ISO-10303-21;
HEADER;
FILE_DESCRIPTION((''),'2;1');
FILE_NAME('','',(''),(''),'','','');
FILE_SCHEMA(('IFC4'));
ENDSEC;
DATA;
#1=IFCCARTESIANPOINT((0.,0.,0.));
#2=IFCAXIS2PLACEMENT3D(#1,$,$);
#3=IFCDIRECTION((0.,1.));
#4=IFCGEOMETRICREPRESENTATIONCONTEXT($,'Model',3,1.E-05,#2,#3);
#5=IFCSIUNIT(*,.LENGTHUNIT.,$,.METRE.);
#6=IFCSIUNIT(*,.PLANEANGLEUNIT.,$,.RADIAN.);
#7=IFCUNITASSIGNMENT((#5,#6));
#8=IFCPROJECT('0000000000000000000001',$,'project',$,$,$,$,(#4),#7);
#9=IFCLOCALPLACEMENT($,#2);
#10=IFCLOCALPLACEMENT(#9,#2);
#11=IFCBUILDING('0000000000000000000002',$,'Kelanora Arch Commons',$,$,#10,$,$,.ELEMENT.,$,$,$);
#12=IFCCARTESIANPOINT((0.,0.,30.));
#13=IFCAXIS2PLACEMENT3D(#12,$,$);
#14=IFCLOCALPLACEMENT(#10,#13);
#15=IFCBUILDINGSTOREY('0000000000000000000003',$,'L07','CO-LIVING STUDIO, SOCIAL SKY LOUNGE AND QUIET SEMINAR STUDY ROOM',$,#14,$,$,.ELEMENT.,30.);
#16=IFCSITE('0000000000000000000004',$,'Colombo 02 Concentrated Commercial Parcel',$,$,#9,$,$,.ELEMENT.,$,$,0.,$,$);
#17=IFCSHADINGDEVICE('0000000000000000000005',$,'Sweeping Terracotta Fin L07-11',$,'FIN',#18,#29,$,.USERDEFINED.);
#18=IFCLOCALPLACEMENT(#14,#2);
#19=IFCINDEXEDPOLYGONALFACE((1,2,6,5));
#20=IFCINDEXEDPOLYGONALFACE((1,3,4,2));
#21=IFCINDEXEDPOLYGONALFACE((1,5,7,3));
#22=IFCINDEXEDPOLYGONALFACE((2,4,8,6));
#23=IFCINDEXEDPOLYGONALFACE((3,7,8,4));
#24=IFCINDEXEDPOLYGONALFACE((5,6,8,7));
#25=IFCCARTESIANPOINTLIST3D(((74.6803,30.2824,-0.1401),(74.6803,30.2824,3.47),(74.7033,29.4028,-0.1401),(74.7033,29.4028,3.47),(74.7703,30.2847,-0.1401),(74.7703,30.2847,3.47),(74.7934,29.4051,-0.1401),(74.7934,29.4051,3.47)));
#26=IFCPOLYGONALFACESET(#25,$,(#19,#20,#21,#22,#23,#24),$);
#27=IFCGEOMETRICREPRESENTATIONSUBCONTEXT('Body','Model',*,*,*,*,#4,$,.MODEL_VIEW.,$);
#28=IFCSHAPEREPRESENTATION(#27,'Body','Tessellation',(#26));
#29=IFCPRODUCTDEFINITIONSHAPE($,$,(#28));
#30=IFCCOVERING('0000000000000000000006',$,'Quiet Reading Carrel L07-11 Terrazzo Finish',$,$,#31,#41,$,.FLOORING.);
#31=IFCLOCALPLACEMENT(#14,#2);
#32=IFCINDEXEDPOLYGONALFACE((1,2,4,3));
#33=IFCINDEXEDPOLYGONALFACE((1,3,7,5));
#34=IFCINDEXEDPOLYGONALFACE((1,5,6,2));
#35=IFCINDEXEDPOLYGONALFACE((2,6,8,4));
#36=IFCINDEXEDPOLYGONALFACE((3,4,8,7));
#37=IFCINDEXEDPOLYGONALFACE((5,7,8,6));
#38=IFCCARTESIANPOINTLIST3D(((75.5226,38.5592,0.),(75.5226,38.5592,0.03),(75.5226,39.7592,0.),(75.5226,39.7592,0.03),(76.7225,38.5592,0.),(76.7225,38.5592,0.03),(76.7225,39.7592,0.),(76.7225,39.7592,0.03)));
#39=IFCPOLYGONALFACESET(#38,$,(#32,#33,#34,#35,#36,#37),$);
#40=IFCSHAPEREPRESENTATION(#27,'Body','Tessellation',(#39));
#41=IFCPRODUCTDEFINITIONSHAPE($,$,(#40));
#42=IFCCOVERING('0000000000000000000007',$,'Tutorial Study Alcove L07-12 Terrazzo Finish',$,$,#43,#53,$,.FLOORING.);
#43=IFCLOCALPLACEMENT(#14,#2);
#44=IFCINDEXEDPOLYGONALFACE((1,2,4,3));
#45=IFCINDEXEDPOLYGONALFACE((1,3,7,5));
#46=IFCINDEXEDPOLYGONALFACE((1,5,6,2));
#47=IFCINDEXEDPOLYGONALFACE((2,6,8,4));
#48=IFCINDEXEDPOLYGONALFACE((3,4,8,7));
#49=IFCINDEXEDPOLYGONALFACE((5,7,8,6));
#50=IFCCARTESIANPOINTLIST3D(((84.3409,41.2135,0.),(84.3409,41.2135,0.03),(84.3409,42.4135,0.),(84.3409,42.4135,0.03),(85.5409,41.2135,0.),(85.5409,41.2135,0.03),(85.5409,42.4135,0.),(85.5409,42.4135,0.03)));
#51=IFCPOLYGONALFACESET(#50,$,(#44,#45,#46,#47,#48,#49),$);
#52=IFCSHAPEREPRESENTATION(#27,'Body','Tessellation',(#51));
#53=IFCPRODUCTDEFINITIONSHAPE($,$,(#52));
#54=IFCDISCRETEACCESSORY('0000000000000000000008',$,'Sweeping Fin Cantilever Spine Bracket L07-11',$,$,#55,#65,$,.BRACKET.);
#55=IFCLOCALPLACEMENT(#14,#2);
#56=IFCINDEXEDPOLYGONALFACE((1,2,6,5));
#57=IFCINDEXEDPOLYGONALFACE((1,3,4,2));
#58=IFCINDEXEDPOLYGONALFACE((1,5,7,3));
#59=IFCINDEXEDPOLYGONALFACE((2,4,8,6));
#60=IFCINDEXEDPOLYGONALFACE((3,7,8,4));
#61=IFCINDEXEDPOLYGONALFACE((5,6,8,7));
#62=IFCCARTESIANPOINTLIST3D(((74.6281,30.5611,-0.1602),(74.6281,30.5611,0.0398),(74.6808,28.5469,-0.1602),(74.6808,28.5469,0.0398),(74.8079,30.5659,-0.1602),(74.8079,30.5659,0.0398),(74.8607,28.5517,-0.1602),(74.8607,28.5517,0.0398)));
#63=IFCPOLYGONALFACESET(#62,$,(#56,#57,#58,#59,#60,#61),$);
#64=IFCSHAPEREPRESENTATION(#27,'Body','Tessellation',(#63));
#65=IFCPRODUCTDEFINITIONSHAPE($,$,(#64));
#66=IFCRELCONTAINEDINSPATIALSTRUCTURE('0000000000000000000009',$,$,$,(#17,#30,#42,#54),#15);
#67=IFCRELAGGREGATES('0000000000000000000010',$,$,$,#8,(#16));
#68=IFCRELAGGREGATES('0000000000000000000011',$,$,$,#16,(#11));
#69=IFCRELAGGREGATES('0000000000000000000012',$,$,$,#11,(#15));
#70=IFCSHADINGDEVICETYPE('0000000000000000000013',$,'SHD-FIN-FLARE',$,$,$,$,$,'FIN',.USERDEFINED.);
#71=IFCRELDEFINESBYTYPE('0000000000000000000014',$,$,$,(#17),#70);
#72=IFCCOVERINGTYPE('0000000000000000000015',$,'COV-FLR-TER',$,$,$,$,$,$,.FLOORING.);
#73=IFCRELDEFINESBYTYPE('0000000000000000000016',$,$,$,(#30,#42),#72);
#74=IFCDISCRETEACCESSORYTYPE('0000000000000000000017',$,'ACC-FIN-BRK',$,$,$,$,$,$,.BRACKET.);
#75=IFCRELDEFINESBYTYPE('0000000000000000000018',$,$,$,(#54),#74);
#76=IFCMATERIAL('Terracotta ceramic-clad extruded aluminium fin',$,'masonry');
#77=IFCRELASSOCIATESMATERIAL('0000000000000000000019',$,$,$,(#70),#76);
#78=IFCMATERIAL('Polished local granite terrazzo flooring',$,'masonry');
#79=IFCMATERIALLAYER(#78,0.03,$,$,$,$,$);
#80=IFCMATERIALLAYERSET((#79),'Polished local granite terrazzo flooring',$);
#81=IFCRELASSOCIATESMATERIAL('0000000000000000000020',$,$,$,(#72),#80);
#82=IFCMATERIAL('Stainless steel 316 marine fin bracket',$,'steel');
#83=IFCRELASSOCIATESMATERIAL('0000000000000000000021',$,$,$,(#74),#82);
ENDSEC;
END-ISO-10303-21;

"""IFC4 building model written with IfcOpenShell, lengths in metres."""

from ifc_helpers import new_model, si_unit, direction, frame, origin, origin_2d, place, context, subcontext, project, spatial, rectangle, extrude, source, transform, mapped, material, layer, layer_set, type_object, element, save


model = new_model("IFC4")

# Units and contexts
model_context = context("Model", 3, precision=1e-05, world=origin(), true_north=direction((0.0, 1.0)))
body_context = subcontext(model_context, "Body", "Model", "MODEL_VIEW")
ifc_project = project(units=[si_unit("LENGTHUNIT", "METRE"), si_unit("PLANEANGLEUNIT", "RADIAN")], contexts=[model_context])

# Site, building, storey
site_placement = place(None, origin())
site = spatial("IfcSite", under=ifc_project, at=site_placement, Name="Colombo 02 Concentrated Commercial Parcel", CompositionType="ELEMENT", RefElevation=0.0)
building_placement = place(site_placement, origin())
building = spatial("IfcBuilding", under=site, at=building_placement, Name="Kelanora Arch Commons", CompositionType="ELEMENT")
storey_placement = place(building_placement, frame((0.0, 0.0, 30.0)))
storey = spatial("IfcBuildingStorey", under=building, at=storey_placement, Name="L07", Description="CO-LIVING STUDIO, SOCIAL SKY LOUNGE AND QUIET SEMINAR STUDY ROOM", CompositionType="ELEMENT", Elevation=30.0)

# Shading device
ifc_material_1 = material(Name="Terracotta ceramic-clad extruded aluminium fin", Category="masonry")
shading_device_type = type_object("IfcShadingDeviceType", Name="SHD-FIN-FLARE", ElementType="FIN", PredefinedType="USERDEFINED", material=ifc_material_1)
shared_shape_1 = source(origin(), body_context, "Body", "SweptSolid", [
    extrude(rectangle(XDim=0.8799, YDim=0.0901, at=origin_2d()), origin(), (0.0, 0.0, 1.0), 3.6101),
])
shading_device_placement = place(storey_placement, frame((74.7368, 29.8438, -0.1401), z_axis=(0.0, 0.0, 1.0), x_axis=(0.026177, -0.999657, 0.0)))
element("IfcShadingDevice", 1, at=shading_device_placement, inside=storey, type_object=shading_device_type, Name="Sweeping Terracotta Fin L07-11", ObjectType="FIN", PredefinedType="USERDEFINED", context=body_context, shape_type="MappedRepresentation", body=[
    mapped(shared_shape_1, transform((0.0, 0.0, 0.0), scale=1.0)),
])

# Coverings
ifc_material_2 = material(Name="Polished local granite terrazzo flooring", Category="masonry")
ifc_layer_1 = layer(ifc_material_2, 0.03)
ifc_layer_set_1 = layer_set([ifc_layer_1], Name="Polished local granite terrazzo flooring")
covering_type = type_object("IfcCoveringType", Name="COV-FLR-TER", PredefinedType="FLOORING", material=ifc_layer_set_1)
shared_shape_2 = source(origin(), body_context, "Body", "SweptSolid", [
    extrude(rectangle(XDim=1.2, YDim=1.2, at=origin_2d()), origin(), (0.0, 0.0, 1.0), 0.03),
])
for number, where, z_axis, x_axis, name in (
    (2, (76.1226, 39.1592, 0.0), (0.0, 0.0, 1.0), (1.0, 0.0, 0.0), "Quiet Reading Carrel L07-11 Terrazzo Finish"),
    (3, (84.9409, 41.8135, 0.0), (0.0, 0.0, 1.0), (1.0, 0.0, 0.0), "Tutorial Study Alcove L07-12 Terrazzo Finish"),
):
    element("IfcCovering", number, at=place(storey_placement, frame(where, z_axis=z_axis, x_axis=x_axis)), inside=storey, type_object=covering_type, Name=name, PredefinedType="FLOORING", context=body_context, shape_type="MappedRepresentation", body=[
        mapped(shared_shape_2, transform((0.0, 0.0, 0.0), scale=1.0)),
    ])

# Discrete accessory
ifc_material_3 = material(Name="Stainless steel 316 marine fin bracket", Category="steel")
discrete_accessory_type = type_object("IfcDiscreteAccessoryType", Name="ACC-FIN-BRK", PredefinedType="BRACKET", material=ifc_material_3)
shared_shape_3 = source(origin(), body_context, "Body", "SweptSolid", [
    extrude(rectangle(XDim=2.0149, YDim=0.1799, at=origin_2d()), origin(), (0.0, 0.0, 1.0), 0.2),
])
discrete_accessory_placement = place(storey_placement, frame((74.7444, 29.5564, -0.1602), z_axis=(0.0, 0.0, 1.0), x_axis=(0.026177, -0.999657, 0.0)))
element("IfcDiscreteAccessory", 4, at=discrete_accessory_placement, inside=storey, type_object=discrete_accessory_type, Name="Sweeping Fin Cantilever Spine Bracket L07-11", PredefinedType="BRACKET", context=body_context, shape_type="MappedRepresentation", body=[
    mapped(shared_shape_3, transform((0.0, 0.0, 0.0), scale=1.0)),
])

save(model, "model.ifc")
